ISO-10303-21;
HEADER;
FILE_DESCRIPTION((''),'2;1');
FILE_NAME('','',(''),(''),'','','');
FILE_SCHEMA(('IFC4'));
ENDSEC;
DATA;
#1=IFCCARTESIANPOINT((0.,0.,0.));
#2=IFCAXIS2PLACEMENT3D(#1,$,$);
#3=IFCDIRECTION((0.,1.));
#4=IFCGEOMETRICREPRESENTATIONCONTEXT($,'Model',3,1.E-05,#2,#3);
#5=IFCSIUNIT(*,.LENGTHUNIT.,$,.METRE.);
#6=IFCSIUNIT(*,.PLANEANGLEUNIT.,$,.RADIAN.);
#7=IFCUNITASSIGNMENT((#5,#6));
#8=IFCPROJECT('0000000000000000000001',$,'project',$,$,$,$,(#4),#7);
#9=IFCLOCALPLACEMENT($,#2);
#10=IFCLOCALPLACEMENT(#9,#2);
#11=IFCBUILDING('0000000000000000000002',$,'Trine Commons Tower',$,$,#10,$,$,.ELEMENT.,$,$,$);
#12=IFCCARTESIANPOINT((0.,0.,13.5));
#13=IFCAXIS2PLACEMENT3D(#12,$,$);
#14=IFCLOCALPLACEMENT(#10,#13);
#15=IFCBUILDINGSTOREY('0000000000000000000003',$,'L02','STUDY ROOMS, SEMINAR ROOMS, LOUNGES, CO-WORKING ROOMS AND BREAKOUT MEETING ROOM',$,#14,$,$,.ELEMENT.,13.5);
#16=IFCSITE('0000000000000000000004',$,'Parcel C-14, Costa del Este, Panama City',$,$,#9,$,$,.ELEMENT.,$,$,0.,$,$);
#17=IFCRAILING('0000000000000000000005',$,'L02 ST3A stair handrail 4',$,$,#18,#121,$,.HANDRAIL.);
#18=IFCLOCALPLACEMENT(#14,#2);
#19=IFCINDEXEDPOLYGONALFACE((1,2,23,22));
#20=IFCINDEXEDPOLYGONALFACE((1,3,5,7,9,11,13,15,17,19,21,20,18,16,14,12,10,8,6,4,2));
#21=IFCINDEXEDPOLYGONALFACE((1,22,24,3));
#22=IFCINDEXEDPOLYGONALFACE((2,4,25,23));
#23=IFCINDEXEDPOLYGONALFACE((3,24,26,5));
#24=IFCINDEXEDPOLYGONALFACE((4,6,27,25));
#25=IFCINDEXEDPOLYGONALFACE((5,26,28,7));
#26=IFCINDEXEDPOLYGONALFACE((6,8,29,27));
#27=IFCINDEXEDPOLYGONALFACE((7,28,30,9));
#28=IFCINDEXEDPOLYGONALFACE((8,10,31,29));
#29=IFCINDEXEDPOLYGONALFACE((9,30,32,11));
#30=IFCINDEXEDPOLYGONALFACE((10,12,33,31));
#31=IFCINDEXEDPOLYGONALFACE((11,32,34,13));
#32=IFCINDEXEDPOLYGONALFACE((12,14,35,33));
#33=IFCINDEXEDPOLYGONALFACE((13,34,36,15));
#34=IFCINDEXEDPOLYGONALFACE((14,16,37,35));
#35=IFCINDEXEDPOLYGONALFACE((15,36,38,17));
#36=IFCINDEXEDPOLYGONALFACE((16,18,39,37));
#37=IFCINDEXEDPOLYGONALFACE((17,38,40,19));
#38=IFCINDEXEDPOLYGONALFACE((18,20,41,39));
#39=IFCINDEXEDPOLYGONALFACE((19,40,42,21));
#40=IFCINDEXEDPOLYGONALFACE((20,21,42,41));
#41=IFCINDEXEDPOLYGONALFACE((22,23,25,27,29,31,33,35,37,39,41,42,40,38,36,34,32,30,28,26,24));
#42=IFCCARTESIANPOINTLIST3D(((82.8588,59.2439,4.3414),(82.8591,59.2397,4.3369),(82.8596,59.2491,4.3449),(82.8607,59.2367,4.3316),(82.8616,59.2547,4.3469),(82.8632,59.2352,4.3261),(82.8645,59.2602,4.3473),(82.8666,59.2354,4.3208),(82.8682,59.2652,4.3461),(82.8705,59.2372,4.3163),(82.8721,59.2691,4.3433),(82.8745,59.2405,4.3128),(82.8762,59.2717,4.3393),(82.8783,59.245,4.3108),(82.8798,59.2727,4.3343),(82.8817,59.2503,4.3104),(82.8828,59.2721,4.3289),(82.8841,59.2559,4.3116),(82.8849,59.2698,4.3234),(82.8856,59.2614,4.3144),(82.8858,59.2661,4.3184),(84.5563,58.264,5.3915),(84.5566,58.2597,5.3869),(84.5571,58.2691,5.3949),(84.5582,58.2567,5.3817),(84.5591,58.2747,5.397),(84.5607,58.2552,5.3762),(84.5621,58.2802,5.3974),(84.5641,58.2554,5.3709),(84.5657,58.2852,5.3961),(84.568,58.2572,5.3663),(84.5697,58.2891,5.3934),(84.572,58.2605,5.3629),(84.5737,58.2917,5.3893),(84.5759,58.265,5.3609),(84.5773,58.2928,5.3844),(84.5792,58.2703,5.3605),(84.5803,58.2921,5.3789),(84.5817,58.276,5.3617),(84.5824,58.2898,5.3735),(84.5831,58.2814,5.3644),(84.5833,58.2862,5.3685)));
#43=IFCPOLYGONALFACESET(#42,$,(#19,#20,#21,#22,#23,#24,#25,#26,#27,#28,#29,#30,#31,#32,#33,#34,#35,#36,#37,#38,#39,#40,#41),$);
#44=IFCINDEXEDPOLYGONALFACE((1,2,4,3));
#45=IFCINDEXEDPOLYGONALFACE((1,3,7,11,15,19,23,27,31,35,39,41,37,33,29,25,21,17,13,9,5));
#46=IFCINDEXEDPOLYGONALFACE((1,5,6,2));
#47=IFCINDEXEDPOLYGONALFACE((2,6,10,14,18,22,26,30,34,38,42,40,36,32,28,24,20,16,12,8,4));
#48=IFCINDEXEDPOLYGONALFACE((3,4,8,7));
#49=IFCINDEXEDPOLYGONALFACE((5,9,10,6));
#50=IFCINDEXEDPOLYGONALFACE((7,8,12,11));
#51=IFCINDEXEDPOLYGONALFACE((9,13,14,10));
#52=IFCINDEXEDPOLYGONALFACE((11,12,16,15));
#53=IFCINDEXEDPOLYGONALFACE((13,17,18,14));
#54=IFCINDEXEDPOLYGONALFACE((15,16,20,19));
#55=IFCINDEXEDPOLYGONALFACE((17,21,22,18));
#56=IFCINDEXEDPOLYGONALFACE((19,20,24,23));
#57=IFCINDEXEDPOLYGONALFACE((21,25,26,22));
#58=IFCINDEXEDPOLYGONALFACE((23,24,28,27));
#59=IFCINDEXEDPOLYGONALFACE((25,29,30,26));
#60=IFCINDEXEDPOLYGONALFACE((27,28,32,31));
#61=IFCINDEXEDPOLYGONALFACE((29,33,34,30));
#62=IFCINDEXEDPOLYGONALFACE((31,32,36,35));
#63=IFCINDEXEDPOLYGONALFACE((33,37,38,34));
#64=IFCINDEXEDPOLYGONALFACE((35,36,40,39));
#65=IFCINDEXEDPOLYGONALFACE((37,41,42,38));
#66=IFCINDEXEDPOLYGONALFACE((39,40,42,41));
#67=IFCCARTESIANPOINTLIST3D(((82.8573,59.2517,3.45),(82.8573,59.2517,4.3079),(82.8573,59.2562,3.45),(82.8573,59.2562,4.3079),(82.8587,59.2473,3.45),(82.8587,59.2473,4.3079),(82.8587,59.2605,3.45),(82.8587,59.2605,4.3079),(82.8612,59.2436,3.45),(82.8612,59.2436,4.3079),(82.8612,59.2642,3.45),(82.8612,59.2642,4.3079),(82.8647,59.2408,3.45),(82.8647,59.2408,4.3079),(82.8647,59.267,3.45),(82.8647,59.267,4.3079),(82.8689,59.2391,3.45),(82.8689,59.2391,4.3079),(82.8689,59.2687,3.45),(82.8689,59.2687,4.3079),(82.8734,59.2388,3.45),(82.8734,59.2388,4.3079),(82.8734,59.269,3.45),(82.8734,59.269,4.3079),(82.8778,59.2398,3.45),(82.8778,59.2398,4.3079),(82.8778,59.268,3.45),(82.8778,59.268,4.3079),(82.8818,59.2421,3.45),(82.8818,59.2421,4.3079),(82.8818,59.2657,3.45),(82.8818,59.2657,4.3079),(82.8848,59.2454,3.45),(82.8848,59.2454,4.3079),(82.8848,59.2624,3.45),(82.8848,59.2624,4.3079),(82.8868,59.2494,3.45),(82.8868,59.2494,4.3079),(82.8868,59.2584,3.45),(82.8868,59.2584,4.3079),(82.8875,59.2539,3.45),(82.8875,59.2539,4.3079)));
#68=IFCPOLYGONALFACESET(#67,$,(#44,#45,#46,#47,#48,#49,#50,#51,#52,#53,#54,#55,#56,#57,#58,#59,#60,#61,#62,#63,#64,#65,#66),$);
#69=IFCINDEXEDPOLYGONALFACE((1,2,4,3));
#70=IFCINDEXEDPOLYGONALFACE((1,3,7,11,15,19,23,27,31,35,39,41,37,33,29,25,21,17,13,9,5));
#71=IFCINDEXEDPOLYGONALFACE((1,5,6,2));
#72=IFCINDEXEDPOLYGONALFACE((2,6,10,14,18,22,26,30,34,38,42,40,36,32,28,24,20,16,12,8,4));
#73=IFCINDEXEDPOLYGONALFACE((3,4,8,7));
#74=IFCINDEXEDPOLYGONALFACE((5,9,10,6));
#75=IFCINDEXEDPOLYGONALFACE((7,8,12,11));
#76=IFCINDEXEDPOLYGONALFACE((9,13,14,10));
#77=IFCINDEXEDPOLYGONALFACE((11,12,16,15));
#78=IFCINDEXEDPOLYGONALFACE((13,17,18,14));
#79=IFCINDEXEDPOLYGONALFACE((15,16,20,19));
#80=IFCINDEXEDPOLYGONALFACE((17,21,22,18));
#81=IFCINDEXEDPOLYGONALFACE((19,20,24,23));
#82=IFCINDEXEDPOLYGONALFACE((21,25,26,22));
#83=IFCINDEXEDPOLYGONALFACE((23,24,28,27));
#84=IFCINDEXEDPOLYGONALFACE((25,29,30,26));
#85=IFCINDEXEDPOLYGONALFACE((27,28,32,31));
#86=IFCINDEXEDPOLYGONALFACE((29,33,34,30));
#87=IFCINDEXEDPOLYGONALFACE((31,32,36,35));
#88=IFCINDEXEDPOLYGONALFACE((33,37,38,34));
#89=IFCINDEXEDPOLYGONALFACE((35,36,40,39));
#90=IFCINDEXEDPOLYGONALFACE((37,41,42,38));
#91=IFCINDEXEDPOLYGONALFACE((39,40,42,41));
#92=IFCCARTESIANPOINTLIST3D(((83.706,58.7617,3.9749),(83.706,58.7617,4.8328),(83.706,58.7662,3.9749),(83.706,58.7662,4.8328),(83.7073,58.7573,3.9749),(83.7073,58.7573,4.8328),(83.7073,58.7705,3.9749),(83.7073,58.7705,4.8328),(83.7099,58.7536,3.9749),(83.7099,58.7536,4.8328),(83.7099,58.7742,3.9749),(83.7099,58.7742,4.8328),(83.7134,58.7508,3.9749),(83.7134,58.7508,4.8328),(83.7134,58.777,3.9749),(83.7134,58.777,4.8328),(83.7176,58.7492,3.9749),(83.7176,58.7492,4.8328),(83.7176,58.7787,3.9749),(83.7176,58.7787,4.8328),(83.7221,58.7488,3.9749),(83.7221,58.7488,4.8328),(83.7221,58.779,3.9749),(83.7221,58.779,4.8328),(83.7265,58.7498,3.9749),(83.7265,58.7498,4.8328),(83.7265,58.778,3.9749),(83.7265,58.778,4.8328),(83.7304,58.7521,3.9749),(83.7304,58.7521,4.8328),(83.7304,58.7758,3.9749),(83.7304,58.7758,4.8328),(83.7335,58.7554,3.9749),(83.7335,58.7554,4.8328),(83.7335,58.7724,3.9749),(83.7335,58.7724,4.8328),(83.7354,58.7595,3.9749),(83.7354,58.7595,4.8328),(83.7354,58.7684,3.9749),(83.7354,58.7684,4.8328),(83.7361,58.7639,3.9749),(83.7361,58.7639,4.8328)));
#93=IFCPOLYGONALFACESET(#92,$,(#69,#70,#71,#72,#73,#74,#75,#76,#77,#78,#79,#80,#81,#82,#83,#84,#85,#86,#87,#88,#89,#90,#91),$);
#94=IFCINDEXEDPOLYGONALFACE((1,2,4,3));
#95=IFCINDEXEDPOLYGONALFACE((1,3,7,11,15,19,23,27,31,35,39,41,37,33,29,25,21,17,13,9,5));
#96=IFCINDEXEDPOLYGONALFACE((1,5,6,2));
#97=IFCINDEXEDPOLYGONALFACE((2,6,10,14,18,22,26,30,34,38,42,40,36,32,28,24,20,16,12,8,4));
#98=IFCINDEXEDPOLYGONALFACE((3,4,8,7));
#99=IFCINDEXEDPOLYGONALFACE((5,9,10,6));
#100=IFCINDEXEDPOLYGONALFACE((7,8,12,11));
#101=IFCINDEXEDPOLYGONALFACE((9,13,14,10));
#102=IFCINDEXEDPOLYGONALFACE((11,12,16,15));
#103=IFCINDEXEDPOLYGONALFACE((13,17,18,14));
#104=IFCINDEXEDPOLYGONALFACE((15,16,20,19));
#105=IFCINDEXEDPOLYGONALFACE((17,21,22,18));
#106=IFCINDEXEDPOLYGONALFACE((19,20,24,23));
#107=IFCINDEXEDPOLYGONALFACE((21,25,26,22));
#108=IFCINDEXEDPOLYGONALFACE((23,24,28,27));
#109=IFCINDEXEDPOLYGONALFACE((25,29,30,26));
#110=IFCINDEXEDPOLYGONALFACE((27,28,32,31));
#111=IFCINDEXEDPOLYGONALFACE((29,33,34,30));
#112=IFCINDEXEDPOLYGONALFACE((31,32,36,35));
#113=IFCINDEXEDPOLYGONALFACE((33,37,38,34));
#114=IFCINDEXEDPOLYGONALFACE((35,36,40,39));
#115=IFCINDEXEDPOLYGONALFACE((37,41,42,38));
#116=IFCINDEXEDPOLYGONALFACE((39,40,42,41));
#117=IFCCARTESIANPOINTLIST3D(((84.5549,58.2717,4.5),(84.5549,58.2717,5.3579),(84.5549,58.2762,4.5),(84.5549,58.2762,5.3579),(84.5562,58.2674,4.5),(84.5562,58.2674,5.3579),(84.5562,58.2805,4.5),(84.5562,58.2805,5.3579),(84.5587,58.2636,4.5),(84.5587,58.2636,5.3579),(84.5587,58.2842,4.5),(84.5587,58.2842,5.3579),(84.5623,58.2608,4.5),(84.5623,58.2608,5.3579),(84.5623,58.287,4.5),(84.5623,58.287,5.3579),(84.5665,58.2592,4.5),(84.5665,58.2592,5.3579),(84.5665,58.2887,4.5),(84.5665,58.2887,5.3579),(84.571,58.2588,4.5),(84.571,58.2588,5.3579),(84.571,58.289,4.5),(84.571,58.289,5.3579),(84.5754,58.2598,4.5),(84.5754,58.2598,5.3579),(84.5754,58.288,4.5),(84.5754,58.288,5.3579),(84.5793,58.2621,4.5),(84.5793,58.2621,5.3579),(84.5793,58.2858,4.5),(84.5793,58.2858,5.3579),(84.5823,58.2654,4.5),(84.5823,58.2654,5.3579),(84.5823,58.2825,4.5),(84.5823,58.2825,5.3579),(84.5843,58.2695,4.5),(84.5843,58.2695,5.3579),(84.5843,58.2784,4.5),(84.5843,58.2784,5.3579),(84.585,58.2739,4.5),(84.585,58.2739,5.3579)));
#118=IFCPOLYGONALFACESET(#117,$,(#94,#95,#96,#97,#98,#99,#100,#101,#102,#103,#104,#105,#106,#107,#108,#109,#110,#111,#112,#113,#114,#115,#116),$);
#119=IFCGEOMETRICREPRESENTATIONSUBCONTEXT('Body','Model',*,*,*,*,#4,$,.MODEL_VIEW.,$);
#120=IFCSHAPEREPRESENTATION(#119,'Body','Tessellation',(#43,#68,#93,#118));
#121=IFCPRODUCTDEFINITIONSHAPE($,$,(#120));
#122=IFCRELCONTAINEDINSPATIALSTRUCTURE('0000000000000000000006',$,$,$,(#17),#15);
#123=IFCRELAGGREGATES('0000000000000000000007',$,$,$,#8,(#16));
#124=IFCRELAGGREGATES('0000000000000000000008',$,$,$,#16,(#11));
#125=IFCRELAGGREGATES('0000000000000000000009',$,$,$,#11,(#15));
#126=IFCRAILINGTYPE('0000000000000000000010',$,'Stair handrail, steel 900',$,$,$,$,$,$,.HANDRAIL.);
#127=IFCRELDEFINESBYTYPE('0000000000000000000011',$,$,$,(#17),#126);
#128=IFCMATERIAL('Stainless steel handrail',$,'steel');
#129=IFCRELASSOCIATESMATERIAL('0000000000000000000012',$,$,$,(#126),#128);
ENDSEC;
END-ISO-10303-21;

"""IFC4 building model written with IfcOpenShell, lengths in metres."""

from ifc_helpers import new_model, si_unit, direction, frame, origin, origin_2d, place, context, subcontext, project, spatial, circle, extrude, material, type_object, element, save


model = new_model("IFC4")

# Units and contexts
model_context = context("Model", 3, precision=1e-05, world=origin(), true_north=direction((0.0, 1.0)))
body_context = subcontext(model_context, "Body", "Model", "MODEL_VIEW")
ifc_project = project(units=[si_unit("LENGTHUNIT", "METRE"), si_unit("PLANEANGLEUNIT", "RADIAN")], contexts=[model_context])

# Site, building, storey
site_placement = place(None, origin())
site = spatial("IfcSite", under=ifc_project, at=site_placement, Name="Parcel C-14, Costa del Este, Panama City", CompositionType="ELEMENT", RefElevation=0.0)
building_placement = place(site_placement, origin())
building = spatial("IfcBuilding", under=site, at=building_placement, Name="Trine Commons Tower", CompositionType="ELEMENT")
storey_placement = place(building_placement, frame((0.0, 0.0, 13.5)))
storey = spatial("IfcBuildingStorey", under=building, at=storey_placement, Name="L02", Description="STUDY ROOMS, SEMINAR ROOMS, LOUNGES, CO-WORKING ROOMS AND BREAKOUT MEETING ROOM", CompositionType="ELEMENT", Elevation=13.5)

# Railing
ifc_material_1 = material(Name="Stainless steel handrail", Category="steel")
railing_type_1 = type_object("IfcRailingType", Name="Stair handrail, steel 900", PredefinedType="HANDRAIL", material=ifc_material_1)
railing_1_placement = place(storey_placement, frame((82.8723, 59.2539, 3.45)))
element("IfcRailing", 1, at=railing_1_placement, inside=storey, type_object=railing_type_1, Name="L02 ST3A stair handrail 4", PredefinedType="HANDRAIL", context=body_context, shape_type="SweptSolid", body=[
    extrude(circle(Radius=0.021, at=origin_2d()), frame((0.0, 0.0, 0.8789), z_axis=(0.763398, -0.440713, 0.472224), x_axis=(0.49997, 0.866042, 0.0)), (0.0, 0.0, 1.0), 2.2236),
    extrude(circle(Radius=0.0151, at=origin_2d()), origin(), (0.0, 0.0, 1.0), 0.8579),
    extrude(circle(Radius=0.0151, at=origin_2d()), frame((0.8486, -0.49, 0.5249)), (0.0, 0.0, 1.0), 0.8579),
    extrude(circle(Radius=0.0151, at=origin_2d()), frame((1.6975, -0.98, 1.05)), (0.0, 0.0, 1.0), 0.8579),
])

save(model, "model.ifc")
